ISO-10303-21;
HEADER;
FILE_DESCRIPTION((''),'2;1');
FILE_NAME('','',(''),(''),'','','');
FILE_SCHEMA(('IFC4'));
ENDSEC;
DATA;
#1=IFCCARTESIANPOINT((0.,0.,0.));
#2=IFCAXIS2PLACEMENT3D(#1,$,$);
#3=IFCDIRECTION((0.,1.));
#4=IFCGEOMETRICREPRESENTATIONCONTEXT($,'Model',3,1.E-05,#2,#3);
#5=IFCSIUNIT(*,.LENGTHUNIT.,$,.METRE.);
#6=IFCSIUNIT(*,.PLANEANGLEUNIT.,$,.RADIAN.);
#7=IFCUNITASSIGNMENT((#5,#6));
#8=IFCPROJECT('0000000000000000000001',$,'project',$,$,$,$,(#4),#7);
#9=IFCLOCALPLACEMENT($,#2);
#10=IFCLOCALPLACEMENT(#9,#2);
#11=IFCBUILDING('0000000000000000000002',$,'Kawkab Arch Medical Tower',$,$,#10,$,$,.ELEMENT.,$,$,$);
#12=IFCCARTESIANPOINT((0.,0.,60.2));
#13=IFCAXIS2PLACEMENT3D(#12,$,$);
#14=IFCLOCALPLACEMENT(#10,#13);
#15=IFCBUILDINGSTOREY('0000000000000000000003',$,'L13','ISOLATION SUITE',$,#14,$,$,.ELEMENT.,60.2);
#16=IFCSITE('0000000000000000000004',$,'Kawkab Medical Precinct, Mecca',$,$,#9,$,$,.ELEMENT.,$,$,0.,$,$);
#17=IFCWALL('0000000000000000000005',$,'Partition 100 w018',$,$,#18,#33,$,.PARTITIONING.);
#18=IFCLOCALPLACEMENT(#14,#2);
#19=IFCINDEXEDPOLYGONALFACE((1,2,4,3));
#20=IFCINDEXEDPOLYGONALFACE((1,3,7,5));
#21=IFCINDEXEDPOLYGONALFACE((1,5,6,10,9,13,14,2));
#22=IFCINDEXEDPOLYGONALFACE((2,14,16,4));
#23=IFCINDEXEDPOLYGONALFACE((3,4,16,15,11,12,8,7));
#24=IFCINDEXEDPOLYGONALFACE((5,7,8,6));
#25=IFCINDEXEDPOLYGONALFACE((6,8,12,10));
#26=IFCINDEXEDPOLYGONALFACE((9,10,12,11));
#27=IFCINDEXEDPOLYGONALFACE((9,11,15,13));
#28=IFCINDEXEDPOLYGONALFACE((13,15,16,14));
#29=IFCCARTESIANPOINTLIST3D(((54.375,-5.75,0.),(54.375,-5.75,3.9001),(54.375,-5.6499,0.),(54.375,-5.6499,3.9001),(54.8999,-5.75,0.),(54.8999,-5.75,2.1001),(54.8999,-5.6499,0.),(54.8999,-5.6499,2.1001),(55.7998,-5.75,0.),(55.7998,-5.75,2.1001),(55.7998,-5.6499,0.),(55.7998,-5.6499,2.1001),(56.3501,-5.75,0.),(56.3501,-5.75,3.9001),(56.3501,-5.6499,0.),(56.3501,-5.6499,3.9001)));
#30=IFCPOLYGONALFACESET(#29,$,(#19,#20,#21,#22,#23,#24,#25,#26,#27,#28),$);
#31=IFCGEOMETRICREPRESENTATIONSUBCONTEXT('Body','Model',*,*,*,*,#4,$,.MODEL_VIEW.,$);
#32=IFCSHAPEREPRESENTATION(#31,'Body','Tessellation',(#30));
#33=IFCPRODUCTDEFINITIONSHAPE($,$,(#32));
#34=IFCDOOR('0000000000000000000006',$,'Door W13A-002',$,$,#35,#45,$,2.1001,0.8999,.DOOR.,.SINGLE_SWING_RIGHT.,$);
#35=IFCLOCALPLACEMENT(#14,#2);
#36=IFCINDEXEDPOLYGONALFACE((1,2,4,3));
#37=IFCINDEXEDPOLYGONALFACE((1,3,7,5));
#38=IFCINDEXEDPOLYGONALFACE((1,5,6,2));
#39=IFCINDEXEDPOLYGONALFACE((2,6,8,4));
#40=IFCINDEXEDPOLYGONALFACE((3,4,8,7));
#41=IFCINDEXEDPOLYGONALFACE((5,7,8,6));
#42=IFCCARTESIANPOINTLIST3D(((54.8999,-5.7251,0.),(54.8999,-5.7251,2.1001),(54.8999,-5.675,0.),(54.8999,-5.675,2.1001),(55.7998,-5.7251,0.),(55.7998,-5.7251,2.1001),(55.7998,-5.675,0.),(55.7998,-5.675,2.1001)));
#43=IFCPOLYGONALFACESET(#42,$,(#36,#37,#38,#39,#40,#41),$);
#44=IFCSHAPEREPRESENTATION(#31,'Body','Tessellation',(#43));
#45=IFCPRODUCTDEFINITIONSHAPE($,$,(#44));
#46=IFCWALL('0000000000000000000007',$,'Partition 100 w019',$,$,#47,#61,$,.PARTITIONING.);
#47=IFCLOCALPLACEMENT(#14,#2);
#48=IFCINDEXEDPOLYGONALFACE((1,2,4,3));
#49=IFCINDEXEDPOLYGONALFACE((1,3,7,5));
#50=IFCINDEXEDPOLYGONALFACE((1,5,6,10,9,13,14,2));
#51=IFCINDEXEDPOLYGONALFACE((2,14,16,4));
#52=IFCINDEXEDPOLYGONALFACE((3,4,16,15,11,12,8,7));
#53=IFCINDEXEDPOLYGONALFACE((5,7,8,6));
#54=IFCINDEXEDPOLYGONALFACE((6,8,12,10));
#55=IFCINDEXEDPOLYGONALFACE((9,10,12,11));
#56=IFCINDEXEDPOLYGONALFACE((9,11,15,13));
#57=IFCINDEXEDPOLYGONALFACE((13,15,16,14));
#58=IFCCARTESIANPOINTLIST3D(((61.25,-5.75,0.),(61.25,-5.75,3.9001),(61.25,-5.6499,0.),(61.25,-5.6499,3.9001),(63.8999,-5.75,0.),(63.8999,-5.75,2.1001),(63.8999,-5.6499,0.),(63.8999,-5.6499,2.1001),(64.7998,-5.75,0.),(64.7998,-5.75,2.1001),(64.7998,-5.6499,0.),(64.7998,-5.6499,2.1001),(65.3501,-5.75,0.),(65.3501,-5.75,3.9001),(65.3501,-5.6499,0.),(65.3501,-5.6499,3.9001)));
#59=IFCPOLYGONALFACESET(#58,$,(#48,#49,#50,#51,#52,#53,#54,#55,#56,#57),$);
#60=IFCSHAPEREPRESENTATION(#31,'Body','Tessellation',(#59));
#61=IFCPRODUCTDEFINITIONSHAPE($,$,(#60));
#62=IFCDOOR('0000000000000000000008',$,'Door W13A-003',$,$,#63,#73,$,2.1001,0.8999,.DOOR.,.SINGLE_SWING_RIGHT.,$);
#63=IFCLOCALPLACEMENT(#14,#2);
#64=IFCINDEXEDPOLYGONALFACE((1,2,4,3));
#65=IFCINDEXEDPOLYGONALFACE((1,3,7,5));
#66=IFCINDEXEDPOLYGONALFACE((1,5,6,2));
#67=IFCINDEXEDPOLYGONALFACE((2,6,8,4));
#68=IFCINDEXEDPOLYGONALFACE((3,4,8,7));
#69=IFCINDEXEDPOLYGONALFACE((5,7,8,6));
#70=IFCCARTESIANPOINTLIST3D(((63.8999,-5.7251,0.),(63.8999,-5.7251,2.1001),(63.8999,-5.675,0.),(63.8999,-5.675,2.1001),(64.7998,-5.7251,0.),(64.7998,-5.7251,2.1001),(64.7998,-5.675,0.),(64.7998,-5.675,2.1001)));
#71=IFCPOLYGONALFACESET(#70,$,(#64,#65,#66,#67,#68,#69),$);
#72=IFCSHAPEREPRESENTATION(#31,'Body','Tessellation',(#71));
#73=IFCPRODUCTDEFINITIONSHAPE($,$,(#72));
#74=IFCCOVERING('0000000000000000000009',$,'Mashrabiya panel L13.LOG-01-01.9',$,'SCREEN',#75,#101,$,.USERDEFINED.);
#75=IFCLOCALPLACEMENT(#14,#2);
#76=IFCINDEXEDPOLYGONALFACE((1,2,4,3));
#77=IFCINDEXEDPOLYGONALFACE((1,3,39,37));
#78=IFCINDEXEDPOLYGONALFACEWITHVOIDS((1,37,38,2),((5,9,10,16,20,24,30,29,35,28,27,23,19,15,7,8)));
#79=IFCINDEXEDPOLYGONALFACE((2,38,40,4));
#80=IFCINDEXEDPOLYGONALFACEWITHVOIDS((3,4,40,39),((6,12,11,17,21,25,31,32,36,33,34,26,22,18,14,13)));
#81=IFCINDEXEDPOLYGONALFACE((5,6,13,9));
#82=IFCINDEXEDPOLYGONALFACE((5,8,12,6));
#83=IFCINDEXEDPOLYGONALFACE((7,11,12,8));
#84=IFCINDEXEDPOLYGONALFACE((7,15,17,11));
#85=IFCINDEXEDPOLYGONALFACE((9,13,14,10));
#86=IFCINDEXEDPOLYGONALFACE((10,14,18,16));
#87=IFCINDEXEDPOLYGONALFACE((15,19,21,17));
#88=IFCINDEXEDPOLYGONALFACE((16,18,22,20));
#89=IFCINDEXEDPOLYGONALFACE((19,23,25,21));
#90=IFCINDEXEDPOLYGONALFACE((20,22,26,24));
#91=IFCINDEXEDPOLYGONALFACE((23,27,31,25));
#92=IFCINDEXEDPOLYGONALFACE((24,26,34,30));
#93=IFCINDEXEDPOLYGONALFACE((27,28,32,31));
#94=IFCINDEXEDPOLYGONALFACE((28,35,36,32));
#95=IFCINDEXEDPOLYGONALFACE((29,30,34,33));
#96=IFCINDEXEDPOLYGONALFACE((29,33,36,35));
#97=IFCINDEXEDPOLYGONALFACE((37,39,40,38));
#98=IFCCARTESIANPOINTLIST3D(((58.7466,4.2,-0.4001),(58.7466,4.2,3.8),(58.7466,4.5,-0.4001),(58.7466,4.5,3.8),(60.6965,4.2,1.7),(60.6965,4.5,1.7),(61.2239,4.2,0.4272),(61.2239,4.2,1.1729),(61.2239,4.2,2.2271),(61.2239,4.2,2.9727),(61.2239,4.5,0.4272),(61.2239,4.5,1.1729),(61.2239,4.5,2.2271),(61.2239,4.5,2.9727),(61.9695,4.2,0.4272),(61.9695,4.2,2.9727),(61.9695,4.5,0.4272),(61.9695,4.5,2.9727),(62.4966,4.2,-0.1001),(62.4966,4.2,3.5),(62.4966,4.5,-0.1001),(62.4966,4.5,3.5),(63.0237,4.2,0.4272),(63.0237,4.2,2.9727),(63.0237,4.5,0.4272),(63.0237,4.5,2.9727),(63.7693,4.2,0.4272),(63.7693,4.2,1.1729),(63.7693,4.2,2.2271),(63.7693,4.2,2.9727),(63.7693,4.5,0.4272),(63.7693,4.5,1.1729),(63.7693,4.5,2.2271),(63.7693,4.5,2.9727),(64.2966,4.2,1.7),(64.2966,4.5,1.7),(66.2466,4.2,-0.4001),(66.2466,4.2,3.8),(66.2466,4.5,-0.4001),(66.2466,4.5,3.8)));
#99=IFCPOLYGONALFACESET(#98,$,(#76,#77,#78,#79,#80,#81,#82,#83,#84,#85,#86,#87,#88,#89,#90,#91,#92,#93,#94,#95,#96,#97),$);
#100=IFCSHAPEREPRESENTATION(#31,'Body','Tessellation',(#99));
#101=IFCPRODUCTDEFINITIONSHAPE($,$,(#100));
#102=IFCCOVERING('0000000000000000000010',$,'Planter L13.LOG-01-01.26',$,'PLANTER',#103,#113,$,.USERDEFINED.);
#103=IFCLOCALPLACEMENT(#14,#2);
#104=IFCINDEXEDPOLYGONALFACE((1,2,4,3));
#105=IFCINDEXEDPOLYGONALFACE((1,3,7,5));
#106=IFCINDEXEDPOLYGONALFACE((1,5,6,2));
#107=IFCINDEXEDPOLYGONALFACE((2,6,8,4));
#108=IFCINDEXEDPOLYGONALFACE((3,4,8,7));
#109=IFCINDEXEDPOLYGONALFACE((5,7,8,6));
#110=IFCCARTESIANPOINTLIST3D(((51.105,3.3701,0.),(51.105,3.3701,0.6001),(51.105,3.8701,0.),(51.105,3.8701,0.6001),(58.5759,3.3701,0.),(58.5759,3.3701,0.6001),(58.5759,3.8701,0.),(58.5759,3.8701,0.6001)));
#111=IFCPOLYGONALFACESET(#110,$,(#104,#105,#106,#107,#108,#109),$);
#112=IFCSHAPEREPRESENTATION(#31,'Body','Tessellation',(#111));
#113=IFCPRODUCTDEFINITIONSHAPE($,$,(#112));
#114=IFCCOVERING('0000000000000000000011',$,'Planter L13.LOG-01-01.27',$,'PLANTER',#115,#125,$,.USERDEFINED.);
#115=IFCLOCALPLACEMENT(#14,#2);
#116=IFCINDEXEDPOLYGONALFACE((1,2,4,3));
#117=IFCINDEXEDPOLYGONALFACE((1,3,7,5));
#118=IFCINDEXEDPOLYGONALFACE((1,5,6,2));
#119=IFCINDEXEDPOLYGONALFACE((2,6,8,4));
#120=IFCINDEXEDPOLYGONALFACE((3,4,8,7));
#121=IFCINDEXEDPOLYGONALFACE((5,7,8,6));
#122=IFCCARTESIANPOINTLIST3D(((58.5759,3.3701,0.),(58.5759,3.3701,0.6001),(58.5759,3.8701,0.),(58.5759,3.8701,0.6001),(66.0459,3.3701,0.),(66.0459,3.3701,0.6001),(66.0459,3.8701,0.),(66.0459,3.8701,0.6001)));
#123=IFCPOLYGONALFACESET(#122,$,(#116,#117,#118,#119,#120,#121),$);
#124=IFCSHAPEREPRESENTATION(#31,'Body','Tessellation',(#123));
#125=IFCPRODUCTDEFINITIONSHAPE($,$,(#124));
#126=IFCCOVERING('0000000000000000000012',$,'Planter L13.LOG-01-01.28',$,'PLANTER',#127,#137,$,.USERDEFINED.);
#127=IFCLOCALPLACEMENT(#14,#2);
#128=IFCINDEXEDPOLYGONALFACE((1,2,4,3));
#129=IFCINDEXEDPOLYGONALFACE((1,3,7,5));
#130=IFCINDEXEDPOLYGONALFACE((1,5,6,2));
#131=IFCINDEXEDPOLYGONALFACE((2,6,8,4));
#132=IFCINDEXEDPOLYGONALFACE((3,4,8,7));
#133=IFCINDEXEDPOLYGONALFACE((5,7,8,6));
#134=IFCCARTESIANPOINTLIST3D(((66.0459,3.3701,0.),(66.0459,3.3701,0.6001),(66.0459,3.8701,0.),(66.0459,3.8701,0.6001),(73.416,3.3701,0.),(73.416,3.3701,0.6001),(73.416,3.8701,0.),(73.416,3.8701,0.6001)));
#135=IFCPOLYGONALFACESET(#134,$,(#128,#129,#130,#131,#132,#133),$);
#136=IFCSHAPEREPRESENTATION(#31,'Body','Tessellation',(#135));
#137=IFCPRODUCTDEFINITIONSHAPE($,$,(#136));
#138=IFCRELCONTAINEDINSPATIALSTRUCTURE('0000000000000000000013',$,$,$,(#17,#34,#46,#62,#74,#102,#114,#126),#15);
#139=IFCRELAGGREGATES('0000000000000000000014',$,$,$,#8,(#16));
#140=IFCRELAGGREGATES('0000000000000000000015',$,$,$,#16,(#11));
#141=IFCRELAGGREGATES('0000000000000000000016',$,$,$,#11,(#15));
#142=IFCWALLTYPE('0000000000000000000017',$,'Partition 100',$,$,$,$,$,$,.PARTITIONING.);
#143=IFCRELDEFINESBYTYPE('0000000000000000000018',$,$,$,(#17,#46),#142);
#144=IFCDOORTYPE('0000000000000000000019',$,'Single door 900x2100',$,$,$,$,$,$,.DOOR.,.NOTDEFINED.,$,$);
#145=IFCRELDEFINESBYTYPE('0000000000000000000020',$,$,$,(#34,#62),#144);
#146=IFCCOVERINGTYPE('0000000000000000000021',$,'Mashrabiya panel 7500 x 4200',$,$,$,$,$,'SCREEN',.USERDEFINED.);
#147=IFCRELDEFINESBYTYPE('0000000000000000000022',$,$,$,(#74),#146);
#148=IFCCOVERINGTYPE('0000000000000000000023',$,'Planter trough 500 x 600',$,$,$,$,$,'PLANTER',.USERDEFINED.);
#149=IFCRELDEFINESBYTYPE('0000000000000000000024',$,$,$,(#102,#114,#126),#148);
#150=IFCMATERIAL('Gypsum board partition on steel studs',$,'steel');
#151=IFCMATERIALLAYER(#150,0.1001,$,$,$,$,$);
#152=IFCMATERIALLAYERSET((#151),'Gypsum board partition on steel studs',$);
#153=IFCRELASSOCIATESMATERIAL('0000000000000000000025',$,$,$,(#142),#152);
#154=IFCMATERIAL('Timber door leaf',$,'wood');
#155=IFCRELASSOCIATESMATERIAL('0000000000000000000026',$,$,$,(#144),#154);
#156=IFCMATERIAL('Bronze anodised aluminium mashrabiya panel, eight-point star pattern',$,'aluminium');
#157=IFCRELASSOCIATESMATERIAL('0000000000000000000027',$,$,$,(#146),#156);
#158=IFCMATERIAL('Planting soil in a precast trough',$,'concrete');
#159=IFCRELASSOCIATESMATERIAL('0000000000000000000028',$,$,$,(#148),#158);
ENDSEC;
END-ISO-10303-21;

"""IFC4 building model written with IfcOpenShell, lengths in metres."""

from ifc_helpers import new_model, si_unit, direction, frame, frame_2d, origin, origin_2d, place, context, subcontext, project, spatial, polyline, rectangle, outline, extrude, material, layer, layer_set, material_profile, profile_set, type_object, element, fill, save


model = new_model("IFC4")

# Units and contexts
model_context = context("Model", 3, precision=1e-05, world=origin(), true_north=direction((0.0, 1.0)))
body_context = subcontext(model_context, "Body", "Model", "MODEL_VIEW")
ifc_project = project(units=[si_unit("LENGTHUNIT", "METRE"), si_unit("PLANEANGLEUNIT", "RADIAN")], contexts=[model_context])

# Site, building, storey
site_placement = place(None, origin())
site = spatial("IfcSite", under=ifc_project, at=site_placement, Name="Kawkab Medical Precinct, Mecca", CompositionType="ELEMENT", RefElevation=0.0)
building_placement = place(site_placement, origin())
building = spatial("IfcBuilding", under=site, at=building_placement, Name="Kawkab Arch Medical Tower", CompositionType="ELEMENT")
storey_placement = place(building_placement, frame((0.0, 0.0, 60.2)))
storey = spatial("IfcBuildingStorey", under=building, at=storey_placement, Name="L13", Description="ISOLATION SUITE", CompositionType="ELEMENT", Elevation=60.2)

# Walls, openings, doors
ifc_material_1 = material(Name="Gypsum board partition on steel studs", Category="steel")
ifc_layer_1 = layer(ifc_material_1, 0.1001)
ifc_layer_set_1 = layer_set([ifc_layer_1], Name="Gypsum board partition on steel studs")
wall_type_1 = type_object("IfcWallType", Name="Partition 100", PredefinedType="PARTITIONING", material=ifc_layer_set_1)
wall_1_placement = place(storey_placement, frame((54.375, -5.7, 0.0), z_axis=(0.0, 0.0, 1.0), x_axis=(1.0, 0.0, 0.0)))
wall_1 = element("IfcWall", 1, at=wall_1_placement, inside=storey, type_object=wall_type_1, Name="Partition 100 w018", PredefinedType="PARTITIONING", context=body_context, shape_type="SweptSolid", body=[
    extrude(rectangle(XDim=1.9751, YDim=0.1001, at=frame_2d((0.9875, 0.0))), origin(), (0.0, 0.0, 1.0), 3.9001),
])
opening_1_placement = place(wall_1_placement, frame((0.5249, 0.0, 0.0)))
opening_1 = element("IfcOpeningElement", 2, at=opening_1_placement, cuts=wall_1, PredefinedType="OPENING", context=body_context, shape_type="SweptSolid", body=[
    extrude(rectangle(XDim=0.8999, YDim=2.1001, at=frame_2d((0.45, 1.05))), frame((0.0, 0.0601, 0.0), z_axis=(0.0, -1.0, 0.0), x_axis=(1.0, 0.0, 0.0)), (0.0, 0.0, 1.0), 0.1201),
])
ifc_material_2 = material(Name="Timber door leaf", Category="wood")
door_type_1 = type_object("IfcDoorType", Name="Single door 900x2100", OperationType="NOTDEFINED", PredefinedType="DOOR", material=ifc_material_2)
door_1_placement = place(opening_1_placement, origin())
door_1 = element("IfcDoor", 3, at=door_1_placement, inside=storey, type_object=door_type_1, Name="Door W13A-002", OperationType="SINGLE_SWING_RIGHT", OverallHeight=2.1001, OverallWidth=0.8999, PredefinedType="DOOR", context=body_context, shape_type="SweptSolid", body=[
    extrude(rectangle(XDim=0.8999, YDim=2.1001, at=frame_2d((0.45, 1.05))), frame((0.0, 0.0249, 0.0), z_axis=(0.0, -1.0, 0.0), x_axis=(1.0, 0.0, 0.0)), (0.0, 0.0, 1.0), 0.05),
])
fill(opening_1, door_1)
wall_2_placement = place(storey_placement, frame((61.25, -5.7, 0.0), z_axis=(0.0, 0.0, 1.0), x_axis=(1.0, 0.0, 0.0)))
wall_2 = element("IfcWall", 4, at=wall_2_placement, inside=storey, type_object=wall_type_1, Name="Partition 100 w019", PredefinedType="PARTITIONING", context=body_context, shape_type="SweptSolid", body=[
    extrude(rectangle(XDim=4.1001, YDim=0.1001, at=frame_2d((2.05, 0.0))), origin(), (0.0, 0.0, 1.0), 3.9001),
])
opening_2_placement = place(wall_2_placement, frame((2.6499, 0.0, 0.0)))
opening_2 = element("IfcOpeningElement", 5, at=opening_2_placement, cuts=wall_2, PredefinedType="OPENING", context=body_context, shape_type="SweptSolid", body=[
    extrude(rectangle(XDim=0.8999, YDim=2.1001, at=frame_2d((0.45, 1.05))), frame((0.0, 0.0601, 0.0), z_axis=(0.0, -1.0, 0.0), x_axis=(1.0, 0.0, 0.0)), (0.0, 0.0, 1.0), 0.1201),
])
door_2_placement = place(opening_2_placement, origin())
door_2 = element("IfcDoor", 6, at=door_2_placement, inside=storey, type_object=door_type_1, Name="Door W13A-003", OperationType="SINGLE_SWING_RIGHT", OverallHeight=2.1001, OverallWidth=0.8999, PredefinedType="DOOR", context=body_context, shape_type="SweptSolid", body=[
    extrude(rectangle(XDim=0.8999, YDim=2.1001, at=frame_2d((0.45, 1.05))), frame((0.0, 0.0249, 0.0), z_axis=(0.0, -1.0, 0.0), x_axis=(1.0, 0.0, 0.0)), (0.0, 0.0, 1.0), 0.05),
])
fill(opening_2, door_2)

# Coverings
ifc_material_3 = material(Name="Bronze anodised aluminium mashrabiya panel, eight-point star pattern", Category="aluminium")
ifc_material_profile_1 = material_profile(ifc_material_3, outline(polyline([(-3.75, -2.1001), (3.75, -2.1001), (3.75, 2.1001), (-3.75, 2.1001), (-3.75, -2.1001)]), holes=[polyline([(1.8, 0.0), (1.2727, 0.5271), (1.2727, 1.2727), (0.5271, 1.2727), (0.0, 1.8), (-0.5271, 1.2727), (-1.2727, 1.2727), (-1.2727, 0.5271), (-1.8, 0.0), (-1.2727, -0.5271), (-1.2727, -1.2727), (-0.5271, -1.2727), (0.0, -1.8), (0.5271, -1.2727), (1.2727, -1.2727), (1.2727, -0.5271), (1.8, 0.0)])]), Name="Mashrabiya panel 7500x4200")
ifc_profile_set_1 = profile_set([ifc_material_profile_1], Name="Bronze anodised aluminium mashrabiya panel, eight-point star pattern")
covering_type_1 = type_object("IfcCoveringType", Name="Mashrabiya panel 7500 x 4200", ElementType="SCREEN", PredefinedType="USERDEFINED", material=ifc_profile_set_1)
covering_1_placement = place(storey_placement, frame((62.4966, 4.2, 1.7), z_axis=(0.0, 1.0, 0.0), x_axis=(-1.0, 0.0, 0.0)))
element("IfcCovering", 7, at=covering_1_placement, inside=storey, type_object=covering_type_1, Name="Mashrabiya panel L13.LOG-01-01.9", ObjectType="SCREEN", PredefinedType="USERDEFINED", context=body_context, shape_type="SweptSolid", body=[
    extrude(outline(polyline([(-3.75, -2.1001), (3.75, -2.1001), (3.75, 2.1001), (-3.75, 2.1001), (-3.75, -2.1001)]), holes=[polyline([(1.8, 0.0), (1.2727, 0.5271), (1.2727, 1.2727), (0.5271, 1.2727), (0.0, 1.8), (-0.5271, 1.2727), (-1.2727, 1.2727), (-1.2727, 0.5271), (-1.8, 0.0), (-1.2727, -0.5271), (-1.2727, -1.2727), (-0.5271, -1.2727), (0.0, -1.8), (0.5271, -1.2727), (1.2727, -1.2727), (1.2727, -0.5271), (1.8, 0.0)])]), origin(), (0.0, 0.0, 1.0), 0.3),
])
ifc_material_4 = material(Name="Planting soil in a precast trough", Category="concrete")
ifc_material_profile_2 = material_profile(ifc_material_4, rectangle(XDim=0.5, YDim=0.6001, at=origin_2d()), Name="Trough 500x600")
ifc_profile_set_2 = profile_set([ifc_material_profile_2], Name="Planting soil in a precast trough")
covering_type_2 = type_object("IfcCoveringType", Name="Planter trough 500 x 600", ElementType="PLANTER", PredefinedType="USERDEFINED", material=ifc_profile_set_2)
covering_2_placement = place(storey_placement, frame((51.105, 3.6201, 0.3), z_axis=(1.0, 0.0, 0.0), x_axis=(0.0, 1.0, 0.0)))
element("IfcCovering", 8, at=covering_2_placement, inside=storey, type_object=covering_type_2, Name="Planter L13.LOG-01-01.26", ObjectType="PLANTER", PredefinedType="USERDEFINED", context=body_context, shape_type="SweptSolid", body=[
    extrude(rectangle(XDim=0.5, YDim=0.6001, at=origin_2d()), origin(), (0.0, 0.0, 1.0), 7.4709),
])
covering_3_placement = place(storey_placement, frame((58.5759, 3.6201, 0.3), z_axis=(1.0, 0.0, 0.0), x_axis=(0.0, 1.0, 0.0)))
element("IfcCovering", 9, at=covering_3_placement, inside=storey, type_object=covering_type_2, Name="Planter L13.LOG-01-01.27", ObjectType="PLANTER", PredefinedType="USERDEFINED", context=body_context, shape_type="SweptSolid", body=[
    extrude(rectangle(XDim=0.5, YDim=0.6001, at=origin_2d()), origin(), (0.0, 0.0, 1.0), 7.47),
])
covering_4_placement = place(storey_placement, frame((66.0459, 3.6201, 0.3), z_axis=(1.0, 0.0, 0.0), x_axis=(0.0, 1.0, 0.0)))
element("IfcCovering", 10, at=covering_4_placement, inside=storey, type_object=covering_type_2, Name="Planter L13.LOG-01-01.28", ObjectType="PLANTER", PredefinedType="USERDEFINED", context=body_context, shape_type="SweptSolid", body=[
    extrude(rectangle(XDim=0.5, YDim=0.6001, at=origin_2d()), origin(), (0.0, 0.0, 1.0), 7.3701),
])

save(model, "model.ifc")
